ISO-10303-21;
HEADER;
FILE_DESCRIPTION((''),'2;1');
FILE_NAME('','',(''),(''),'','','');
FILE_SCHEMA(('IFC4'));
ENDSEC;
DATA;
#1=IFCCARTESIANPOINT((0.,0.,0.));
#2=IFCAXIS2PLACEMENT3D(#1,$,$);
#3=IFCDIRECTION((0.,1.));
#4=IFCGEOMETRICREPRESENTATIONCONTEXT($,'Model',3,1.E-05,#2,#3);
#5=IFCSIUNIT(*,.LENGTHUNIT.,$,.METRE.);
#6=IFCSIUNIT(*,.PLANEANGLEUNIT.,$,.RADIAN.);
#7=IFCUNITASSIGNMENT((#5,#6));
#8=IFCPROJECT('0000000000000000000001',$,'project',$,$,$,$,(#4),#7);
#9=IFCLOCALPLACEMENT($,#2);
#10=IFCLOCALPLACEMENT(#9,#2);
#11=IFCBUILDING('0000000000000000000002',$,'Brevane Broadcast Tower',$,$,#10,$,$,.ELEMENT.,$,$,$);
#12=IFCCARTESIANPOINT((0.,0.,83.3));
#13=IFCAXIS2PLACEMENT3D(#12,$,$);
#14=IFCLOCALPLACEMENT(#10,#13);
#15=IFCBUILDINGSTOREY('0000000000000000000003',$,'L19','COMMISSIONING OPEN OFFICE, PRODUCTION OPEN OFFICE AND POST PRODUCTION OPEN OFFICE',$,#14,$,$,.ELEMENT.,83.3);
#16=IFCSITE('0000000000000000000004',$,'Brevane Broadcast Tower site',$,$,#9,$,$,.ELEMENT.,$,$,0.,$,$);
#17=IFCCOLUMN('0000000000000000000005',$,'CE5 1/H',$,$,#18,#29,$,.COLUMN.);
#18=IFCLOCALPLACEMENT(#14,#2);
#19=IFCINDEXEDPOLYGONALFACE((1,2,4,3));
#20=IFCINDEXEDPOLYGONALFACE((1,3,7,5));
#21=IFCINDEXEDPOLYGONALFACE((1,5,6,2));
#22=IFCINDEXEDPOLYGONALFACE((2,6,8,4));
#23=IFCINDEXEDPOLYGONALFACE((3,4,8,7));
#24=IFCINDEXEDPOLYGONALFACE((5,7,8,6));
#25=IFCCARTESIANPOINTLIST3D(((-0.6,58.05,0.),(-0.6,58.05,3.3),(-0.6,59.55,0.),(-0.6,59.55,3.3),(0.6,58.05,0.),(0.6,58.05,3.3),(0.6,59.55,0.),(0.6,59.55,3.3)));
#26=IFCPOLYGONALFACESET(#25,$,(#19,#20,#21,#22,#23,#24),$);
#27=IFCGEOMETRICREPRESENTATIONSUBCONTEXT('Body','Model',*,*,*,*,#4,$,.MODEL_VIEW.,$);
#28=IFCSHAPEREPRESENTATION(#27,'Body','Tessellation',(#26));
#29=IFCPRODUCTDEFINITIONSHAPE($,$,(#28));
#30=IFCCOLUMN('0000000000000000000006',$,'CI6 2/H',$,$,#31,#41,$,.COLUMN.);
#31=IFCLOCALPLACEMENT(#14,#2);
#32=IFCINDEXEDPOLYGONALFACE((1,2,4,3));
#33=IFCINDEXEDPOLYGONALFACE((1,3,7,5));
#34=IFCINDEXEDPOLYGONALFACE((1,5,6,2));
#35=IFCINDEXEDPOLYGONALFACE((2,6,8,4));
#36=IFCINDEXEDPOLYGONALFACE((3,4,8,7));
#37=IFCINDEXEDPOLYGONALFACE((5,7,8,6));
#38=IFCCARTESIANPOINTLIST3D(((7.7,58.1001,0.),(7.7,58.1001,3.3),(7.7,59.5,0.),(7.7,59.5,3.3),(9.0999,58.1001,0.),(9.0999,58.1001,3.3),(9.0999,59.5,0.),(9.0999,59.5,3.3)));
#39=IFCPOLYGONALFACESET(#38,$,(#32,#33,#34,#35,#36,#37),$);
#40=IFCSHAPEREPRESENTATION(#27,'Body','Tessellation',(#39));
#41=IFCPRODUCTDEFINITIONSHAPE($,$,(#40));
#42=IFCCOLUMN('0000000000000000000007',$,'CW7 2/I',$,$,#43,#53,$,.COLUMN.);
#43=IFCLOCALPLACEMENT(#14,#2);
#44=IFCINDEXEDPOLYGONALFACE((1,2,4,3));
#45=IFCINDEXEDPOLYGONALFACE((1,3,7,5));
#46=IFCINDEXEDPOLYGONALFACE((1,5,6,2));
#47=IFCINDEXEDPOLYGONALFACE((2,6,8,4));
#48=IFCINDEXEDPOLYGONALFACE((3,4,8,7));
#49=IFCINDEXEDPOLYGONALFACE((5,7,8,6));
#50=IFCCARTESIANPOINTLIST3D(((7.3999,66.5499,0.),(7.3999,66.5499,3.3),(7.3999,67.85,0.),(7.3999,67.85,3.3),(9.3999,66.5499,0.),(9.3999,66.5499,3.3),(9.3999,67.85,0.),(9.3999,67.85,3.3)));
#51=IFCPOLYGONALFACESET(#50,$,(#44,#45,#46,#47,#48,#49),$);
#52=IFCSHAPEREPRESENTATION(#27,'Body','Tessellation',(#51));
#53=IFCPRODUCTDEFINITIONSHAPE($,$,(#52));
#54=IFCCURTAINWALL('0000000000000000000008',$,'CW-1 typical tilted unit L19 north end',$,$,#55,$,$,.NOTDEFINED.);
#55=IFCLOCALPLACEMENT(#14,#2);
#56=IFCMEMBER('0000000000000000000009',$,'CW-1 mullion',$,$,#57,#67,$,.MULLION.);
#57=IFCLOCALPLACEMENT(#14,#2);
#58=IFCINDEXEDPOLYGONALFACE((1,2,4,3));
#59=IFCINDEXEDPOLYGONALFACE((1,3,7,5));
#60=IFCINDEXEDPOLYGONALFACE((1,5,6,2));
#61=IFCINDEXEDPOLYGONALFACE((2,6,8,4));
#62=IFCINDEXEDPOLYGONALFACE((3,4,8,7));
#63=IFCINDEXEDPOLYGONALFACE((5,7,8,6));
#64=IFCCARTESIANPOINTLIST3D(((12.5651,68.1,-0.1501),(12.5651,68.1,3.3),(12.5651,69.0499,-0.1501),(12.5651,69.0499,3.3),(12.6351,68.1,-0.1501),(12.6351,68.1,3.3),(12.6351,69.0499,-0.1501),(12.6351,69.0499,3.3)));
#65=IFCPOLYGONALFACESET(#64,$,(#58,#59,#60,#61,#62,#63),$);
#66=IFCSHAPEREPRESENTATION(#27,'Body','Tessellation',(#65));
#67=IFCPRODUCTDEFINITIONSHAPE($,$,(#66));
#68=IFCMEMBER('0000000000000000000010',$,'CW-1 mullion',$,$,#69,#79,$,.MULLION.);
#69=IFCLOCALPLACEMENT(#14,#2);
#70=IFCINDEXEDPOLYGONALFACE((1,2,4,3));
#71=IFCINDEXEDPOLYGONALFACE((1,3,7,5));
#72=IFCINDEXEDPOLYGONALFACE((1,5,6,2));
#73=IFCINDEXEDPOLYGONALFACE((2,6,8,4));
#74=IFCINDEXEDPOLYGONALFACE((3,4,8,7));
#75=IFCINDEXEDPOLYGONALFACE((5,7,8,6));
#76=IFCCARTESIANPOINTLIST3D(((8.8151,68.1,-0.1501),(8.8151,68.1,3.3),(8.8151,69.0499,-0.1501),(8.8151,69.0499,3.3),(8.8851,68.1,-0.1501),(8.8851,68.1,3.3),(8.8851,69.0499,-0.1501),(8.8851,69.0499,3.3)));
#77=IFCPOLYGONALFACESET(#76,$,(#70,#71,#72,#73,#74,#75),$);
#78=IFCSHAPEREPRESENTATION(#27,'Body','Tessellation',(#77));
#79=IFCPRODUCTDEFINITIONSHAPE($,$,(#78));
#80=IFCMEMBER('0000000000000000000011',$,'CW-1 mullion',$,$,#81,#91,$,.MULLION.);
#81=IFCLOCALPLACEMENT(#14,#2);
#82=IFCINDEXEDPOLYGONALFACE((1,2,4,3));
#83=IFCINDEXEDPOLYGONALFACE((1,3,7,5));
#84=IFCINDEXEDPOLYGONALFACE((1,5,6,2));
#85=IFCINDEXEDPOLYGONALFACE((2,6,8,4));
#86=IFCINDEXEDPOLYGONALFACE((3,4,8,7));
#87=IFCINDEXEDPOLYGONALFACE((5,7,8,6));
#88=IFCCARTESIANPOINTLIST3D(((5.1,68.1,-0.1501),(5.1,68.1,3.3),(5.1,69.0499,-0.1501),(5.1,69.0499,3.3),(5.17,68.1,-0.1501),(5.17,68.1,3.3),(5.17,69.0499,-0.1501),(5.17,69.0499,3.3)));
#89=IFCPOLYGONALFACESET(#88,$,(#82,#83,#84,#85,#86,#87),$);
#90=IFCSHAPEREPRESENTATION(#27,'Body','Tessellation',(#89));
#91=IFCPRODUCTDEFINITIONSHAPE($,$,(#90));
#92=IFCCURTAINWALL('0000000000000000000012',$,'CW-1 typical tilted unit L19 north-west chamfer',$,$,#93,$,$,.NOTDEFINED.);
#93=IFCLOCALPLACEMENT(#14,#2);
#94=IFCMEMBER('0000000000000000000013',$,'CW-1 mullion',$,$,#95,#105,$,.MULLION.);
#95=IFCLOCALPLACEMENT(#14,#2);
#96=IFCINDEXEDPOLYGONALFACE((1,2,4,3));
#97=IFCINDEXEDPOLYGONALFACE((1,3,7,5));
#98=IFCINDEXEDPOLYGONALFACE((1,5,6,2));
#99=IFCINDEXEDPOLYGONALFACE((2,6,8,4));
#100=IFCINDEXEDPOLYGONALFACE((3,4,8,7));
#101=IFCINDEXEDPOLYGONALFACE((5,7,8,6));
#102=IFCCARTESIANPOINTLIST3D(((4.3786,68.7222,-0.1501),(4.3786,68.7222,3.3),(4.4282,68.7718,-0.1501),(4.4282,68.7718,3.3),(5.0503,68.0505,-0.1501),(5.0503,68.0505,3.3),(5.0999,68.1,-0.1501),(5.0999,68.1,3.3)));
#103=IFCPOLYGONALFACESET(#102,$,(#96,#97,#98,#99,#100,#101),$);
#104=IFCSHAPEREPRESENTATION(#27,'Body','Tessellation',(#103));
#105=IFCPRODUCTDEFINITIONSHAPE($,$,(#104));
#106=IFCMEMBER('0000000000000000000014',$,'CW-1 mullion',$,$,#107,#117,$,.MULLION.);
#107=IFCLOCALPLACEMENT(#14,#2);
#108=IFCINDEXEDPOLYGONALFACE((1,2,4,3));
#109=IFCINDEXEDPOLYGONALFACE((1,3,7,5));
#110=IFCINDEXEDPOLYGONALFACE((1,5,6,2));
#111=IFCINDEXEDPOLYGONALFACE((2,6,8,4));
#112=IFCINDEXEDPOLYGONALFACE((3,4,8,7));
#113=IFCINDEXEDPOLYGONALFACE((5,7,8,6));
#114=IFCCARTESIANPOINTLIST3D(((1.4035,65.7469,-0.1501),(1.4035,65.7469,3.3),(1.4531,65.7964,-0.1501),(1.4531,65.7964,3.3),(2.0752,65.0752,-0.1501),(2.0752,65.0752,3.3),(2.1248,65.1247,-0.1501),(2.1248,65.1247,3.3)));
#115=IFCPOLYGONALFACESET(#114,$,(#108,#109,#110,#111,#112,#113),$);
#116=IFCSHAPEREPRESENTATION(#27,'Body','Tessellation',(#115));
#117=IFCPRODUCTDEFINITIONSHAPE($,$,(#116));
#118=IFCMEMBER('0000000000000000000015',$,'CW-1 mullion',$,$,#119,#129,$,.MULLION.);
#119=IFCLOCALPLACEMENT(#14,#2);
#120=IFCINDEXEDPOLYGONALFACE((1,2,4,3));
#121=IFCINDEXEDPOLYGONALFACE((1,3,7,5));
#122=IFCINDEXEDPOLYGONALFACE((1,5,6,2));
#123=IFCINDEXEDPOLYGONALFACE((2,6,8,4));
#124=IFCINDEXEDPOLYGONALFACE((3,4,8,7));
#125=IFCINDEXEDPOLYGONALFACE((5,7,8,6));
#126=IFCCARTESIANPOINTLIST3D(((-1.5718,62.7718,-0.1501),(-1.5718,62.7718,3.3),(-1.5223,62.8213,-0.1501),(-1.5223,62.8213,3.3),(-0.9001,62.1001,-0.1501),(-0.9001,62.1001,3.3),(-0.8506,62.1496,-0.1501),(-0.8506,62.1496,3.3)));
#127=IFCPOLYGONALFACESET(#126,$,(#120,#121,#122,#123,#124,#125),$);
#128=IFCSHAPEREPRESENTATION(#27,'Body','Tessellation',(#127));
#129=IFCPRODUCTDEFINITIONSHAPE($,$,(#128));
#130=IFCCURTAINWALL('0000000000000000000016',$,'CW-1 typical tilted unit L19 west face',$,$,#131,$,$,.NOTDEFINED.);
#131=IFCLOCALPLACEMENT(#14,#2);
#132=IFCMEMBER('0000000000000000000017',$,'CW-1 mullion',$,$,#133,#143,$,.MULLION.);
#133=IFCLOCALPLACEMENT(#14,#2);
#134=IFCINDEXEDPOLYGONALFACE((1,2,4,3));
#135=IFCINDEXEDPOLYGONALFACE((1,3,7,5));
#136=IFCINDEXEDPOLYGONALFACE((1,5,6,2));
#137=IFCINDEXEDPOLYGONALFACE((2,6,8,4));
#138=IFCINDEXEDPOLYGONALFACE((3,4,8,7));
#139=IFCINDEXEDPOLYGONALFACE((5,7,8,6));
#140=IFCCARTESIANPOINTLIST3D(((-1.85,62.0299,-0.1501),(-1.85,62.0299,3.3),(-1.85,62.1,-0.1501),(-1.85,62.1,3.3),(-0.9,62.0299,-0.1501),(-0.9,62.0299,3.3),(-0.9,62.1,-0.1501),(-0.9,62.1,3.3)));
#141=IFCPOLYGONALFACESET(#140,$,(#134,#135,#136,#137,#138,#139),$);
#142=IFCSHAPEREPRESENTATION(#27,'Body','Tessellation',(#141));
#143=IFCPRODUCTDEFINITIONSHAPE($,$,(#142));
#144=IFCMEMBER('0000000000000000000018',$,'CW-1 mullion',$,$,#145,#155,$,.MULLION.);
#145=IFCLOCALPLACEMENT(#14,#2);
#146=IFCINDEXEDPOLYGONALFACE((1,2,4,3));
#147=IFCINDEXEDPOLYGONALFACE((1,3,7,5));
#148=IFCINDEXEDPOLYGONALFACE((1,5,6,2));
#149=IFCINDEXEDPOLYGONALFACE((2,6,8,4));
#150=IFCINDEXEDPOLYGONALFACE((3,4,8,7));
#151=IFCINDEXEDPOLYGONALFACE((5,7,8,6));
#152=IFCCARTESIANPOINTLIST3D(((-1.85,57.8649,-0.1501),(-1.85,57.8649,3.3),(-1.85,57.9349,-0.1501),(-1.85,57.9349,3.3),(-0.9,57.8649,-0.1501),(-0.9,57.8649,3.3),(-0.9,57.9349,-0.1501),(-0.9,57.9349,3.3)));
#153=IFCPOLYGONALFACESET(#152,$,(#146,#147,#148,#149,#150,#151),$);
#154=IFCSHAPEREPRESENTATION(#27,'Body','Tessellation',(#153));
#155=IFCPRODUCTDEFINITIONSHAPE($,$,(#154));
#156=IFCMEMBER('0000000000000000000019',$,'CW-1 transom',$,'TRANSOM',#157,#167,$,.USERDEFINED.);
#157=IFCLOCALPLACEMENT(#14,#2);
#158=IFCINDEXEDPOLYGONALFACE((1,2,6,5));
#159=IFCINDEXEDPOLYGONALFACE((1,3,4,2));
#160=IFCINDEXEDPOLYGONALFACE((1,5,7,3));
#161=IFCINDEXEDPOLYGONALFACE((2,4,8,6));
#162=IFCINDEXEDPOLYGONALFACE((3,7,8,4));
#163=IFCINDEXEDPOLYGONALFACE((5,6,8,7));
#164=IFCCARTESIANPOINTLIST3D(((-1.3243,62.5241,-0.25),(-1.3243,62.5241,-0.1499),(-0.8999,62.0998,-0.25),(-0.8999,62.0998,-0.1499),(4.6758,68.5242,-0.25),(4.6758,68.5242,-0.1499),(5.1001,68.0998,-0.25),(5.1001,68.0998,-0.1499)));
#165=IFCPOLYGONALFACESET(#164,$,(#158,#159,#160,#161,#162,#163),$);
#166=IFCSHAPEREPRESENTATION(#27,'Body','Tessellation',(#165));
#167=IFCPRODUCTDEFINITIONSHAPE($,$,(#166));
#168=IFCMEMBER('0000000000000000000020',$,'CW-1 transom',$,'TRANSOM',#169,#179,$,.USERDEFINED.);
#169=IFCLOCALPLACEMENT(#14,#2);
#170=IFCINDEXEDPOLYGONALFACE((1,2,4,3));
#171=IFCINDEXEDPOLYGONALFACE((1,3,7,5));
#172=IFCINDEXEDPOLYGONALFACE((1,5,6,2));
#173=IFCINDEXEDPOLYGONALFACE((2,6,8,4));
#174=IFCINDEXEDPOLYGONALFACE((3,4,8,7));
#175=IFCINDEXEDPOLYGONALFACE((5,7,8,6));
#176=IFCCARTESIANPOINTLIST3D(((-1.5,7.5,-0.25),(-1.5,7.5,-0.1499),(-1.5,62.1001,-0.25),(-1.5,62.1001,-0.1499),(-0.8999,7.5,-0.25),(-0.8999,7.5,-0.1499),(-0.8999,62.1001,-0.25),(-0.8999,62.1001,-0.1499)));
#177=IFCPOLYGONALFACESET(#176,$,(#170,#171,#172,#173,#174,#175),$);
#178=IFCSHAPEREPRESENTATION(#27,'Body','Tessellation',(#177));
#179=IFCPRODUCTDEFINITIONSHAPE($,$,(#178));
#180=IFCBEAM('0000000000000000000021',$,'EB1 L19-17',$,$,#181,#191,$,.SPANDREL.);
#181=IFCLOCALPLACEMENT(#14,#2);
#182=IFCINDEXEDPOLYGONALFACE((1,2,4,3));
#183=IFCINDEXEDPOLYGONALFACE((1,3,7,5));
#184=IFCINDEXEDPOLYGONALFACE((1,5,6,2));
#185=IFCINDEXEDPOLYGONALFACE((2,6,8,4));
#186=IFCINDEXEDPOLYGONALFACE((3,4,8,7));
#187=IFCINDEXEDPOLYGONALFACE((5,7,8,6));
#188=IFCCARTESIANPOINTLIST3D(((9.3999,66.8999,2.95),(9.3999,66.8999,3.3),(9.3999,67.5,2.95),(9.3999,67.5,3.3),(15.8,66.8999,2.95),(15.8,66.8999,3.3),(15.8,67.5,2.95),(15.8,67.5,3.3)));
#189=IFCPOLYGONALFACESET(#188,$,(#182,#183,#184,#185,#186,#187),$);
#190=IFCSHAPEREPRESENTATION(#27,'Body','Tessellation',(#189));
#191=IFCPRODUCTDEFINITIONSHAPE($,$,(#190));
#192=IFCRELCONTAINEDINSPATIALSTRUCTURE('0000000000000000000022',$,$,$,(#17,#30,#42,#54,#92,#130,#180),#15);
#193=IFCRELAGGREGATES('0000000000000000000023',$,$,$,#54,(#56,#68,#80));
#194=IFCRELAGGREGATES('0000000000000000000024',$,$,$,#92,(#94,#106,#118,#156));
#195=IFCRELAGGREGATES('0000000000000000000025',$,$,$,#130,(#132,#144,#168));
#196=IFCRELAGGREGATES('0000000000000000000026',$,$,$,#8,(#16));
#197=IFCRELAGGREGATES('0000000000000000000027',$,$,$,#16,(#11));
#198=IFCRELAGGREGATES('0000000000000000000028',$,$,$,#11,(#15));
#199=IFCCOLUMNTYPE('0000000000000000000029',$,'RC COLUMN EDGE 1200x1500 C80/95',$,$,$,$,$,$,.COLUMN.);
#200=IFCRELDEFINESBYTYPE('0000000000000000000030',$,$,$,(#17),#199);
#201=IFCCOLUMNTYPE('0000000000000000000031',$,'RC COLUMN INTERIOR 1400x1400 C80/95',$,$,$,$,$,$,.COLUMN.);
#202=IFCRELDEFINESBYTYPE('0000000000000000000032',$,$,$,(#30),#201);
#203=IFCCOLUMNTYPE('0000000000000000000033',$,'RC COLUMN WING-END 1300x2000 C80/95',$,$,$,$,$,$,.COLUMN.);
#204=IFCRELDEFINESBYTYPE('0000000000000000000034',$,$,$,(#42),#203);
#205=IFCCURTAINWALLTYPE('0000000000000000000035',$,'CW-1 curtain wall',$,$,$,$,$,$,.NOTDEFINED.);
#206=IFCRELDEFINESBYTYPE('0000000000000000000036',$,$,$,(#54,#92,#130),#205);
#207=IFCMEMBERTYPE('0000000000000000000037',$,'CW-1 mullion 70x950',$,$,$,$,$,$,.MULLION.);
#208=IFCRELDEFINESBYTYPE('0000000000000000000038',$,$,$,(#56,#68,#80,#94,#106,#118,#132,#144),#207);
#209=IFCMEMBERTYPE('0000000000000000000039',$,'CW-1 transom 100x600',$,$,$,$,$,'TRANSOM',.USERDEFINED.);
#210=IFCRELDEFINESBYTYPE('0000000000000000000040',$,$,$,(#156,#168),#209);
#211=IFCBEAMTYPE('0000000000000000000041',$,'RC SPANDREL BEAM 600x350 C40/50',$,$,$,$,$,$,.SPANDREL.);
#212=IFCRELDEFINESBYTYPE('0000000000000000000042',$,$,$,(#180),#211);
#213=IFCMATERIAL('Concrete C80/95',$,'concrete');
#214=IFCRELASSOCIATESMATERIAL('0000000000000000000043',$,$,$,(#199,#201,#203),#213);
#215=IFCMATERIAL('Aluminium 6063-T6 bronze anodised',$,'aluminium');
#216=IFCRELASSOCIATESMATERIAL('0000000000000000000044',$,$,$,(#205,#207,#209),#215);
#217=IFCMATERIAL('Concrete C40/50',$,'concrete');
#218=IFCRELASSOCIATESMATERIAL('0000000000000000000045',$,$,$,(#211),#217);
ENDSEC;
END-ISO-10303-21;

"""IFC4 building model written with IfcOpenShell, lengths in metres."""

from ifc_helpers import new_model, si_unit, direction, frame, origin, origin_2d, place, context, subcontext, project, spatial, rectangle, extrude, material, material_profile, profile_set, type_object, element, aggregate, save


model = new_model("IFC4")

# Units and contexts
model_context = context("Model", 3, precision=1e-05, world=origin(), true_north=direction((0.0, 1.0)))
body_context = subcontext(model_context, "Body", "Model", "MODEL_VIEW")
ifc_project = project(units=[si_unit("LENGTHUNIT", "METRE"), si_unit("PLANEANGLEUNIT", "RADIAN")], contexts=[model_context])

# Site, building, storey
site_placement = place(None, origin())
site = spatial("IfcSite", under=ifc_project, at=site_placement, Name="Brevane Broadcast Tower site", CompositionType="ELEMENT", RefElevation=0.0)
building_placement = place(site_placement, origin())
building = spatial("IfcBuilding", under=site, at=building_placement, Name="Brevane Broadcast Tower", CompositionType="ELEMENT")
storey_placement = place(building_placement, frame((0.0, 0.0, 83.3)))
storey = spatial("IfcBuildingStorey", under=building, at=storey_placement, Name="L19", Description="COMMISSIONING OPEN OFFICE, PRODUCTION OPEN OFFICE AND POST PRODUCTION OPEN OFFICE", CompositionType="ELEMENT", Elevation=83.3)

# Columns
ifc_material_1 = material(Name="Concrete C80/95", Category="concrete")
ifc_material_profile_1 = material_profile(ifc_material_1, rectangle(XDim=1.2, YDim=1.5, at=origin_2d()), Name="RC 1200x1500")
ifc_profile_set_1 = profile_set([ifc_material_profile_1], Name="Concrete C80/95")
column_type_1 = type_object("IfcColumnType", Name="RC COLUMN EDGE 1200x1500 C80/95", PredefinedType="COLUMN", material=ifc_profile_set_1)
column_1_placement = place(storey_placement, frame((0.0, 58.8, 0.0), z_axis=(0.0, 0.0, 1.0), x_axis=(1.0, 0.0, 0.0)))
element("IfcColumn", 1, at=column_1_placement, inside=storey, type_object=column_type_1, Name="CE5 1/H", PredefinedType="COLUMN", context=body_context, shape_type="SweptSolid", body=[
    extrude(rectangle(XDim=1.2, YDim=1.5, at=origin_2d()), origin(), (0.0, 0.0, 1.0), 3.3),
])
ifc_material_profile_2 = material_profile(ifc_material_1, rectangle(XDim=1.3999, YDim=1.3999, at=origin_2d()), Name="RC 1400x1400")
ifc_profile_set_2 = profile_set([ifc_material_profile_2], Name="Concrete C80/95")
column_type_2 = type_object("IfcColumnType", Name="RC COLUMN INTERIOR 1400x1400 C80/95", PredefinedType="COLUMN", material=ifc_profile_set_2)
column_2_placement = place(storey_placement, frame((8.3999, 58.8, 0.0), z_axis=(0.0, 0.0, 1.0), x_axis=(1.0, 0.0, 0.0)))
element("IfcColumn", 2, at=column_2_placement, inside=storey, type_object=column_type_2, Name="CI6 2/H", PredefinedType="COLUMN", context=body_context, shape_type="SweptSolid", body=[
    extrude(rectangle(XDim=1.3999, YDim=1.3999, at=origin_2d()), origin(), (0.0, 0.0, 1.0), 3.3),
])
ifc_material_profile_3 = material_profile(ifc_material_1, rectangle(XDim=1.3, YDim=2.0, at=origin_2d()), Name="RC 1300x2000")
ifc_profile_set_3 = profile_set([ifc_material_profile_3], Name="Concrete C80/95")
column_type_3 = type_object("IfcColumnType", Name="RC COLUMN WING-END 1300x2000 C80/95", PredefinedType="COLUMN", material=ifc_profile_set_3)
column_3_placement = place(storey_placement, frame((8.3999, 67.2, 0.0), z_axis=(0.0, 0.0, 1.0), x_axis=(0.0, 1.0, 0.0)))
element("IfcColumn", 3, at=column_3_placement, inside=storey, type_object=column_type_3, Name="CW7 2/I", PredefinedType="COLUMN", context=body_context, shape_type="SweptSolid", body=[
    extrude(rectangle(XDim=1.3, YDim=2.0, at=origin_2d()), origin(), (0.0, 0.0, 1.0), 3.3),
])

# Curtain walls, members
ifc_material_2 = material(Name="Aluminium 6063-T6 bronze anodised", Category="aluminium")
curtain_wall_type = type_object("IfcCurtainWallType", Name="CW-1 curtain wall", PredefinedType="NOTDEFINED", material=ifc_material_2)
curtain_wall_1_placement = place(storey_placement, origin())
curtain_wall_1 = element("IfcCurtainWall", 4, at=curtain_wall_1_placement, inside=storey, type_object=curtain_wall_type, Name="CW-1 typical tilted unit L19 north end", PredefinedType="NOTDEFINED")
ifc_material_profile_4 = material_profile(ifc_material_2, rectangle(XDim=0.95, YDim=0.0701, at=origin_2d()), Name="RECT 70x950")
ifc_profile_set_4 = profile_set([ifc_material_profile_4], Name="Aluminium 6063-T6 bronze anodised")
member_type_1 = type_object("IfcMemberType", Name="CW-1 mullion 70x950", PredefinedType="MULLION", material=ifc_profile_set_4)
member_1_placement = place(storey_placement, frame((12.6001, 68.575, -0.1501), z_axis=(0.0, 0.0, 1.0), x_axis=(0.0, -1.0, 0.0)))
member_1 = element("IfcMember", 5, at=member_1_placement, type_object=member_type_1, Name="CW-1 mullion", PredefinedType="MULLION", context=body_context, shape_type="SweptSolid", body=[
    extrude(rectangle(XDim=0.95, YDim=0.0701, at=origin_2d()), origin(), (0.0, 0.0, 1.0), 3.4502),
])
member_2_placement = place(storey_placement, frame((8.8501, 68.575, -0.1501), z_axis=(0.0, 0.0, 1.0), x_axis=(0.0, -1.0, 0.0)))
member_2 = element("IfcMember", 6, at=member_2_placement, type_object=member_type_1, Name="CW-1 mullion", PredefinedType="MULLION", context=body_context, shape_type="SweptSolid", body=[
    extrude(rectangle(XDim=0.95, YDim=0.0701, at=origin_2d()), origin(), (0.0, 0.0, 1.0), 3.4502),
])
member_3_placement = place(storey_placement, frame((5.135, 68.575, -0.1501), z_axis=(0.0, 0.0, 1.0), x_axis=(0.0, -1.0, 0.0)))
member_3 = element("IfcMember", 7, at=member_3_placement, type_object=member_type_1, Name="CW-1 mullion", PredefinedType="MULLION", context=body_context, shape_type="SweptSolid", body=[
    extrude(rectangle(XDim=0.95, YDim=0.0701, at=origin_2d()), origin(), (0.0, 0.0, 1.0), 3.4502),
])
aggregate(curtain_wall_1, [member_1, member_2, member_3])
curtain_wall_2_placement = place(storey_placement, origin())
curtain_wall_2 = element("IfcCurtainWall", 8, at=curtain_wall_2_placement, inside=storey, type_object=curtain_wall_type, Name="CW-1 typical tilted unit L19 north-west chamfer", PredefinedType="NOTDEFINED")
member_4_placement = place(storey_placement, frame((4.7393, 68.4111, -0.1501), z_axis=(0.0, 0.0, 1.0), x_axis=(0.707107, -0.707107, 0.0)))
member_4 = element("IfcMember", 9, at=member_4_placement, type_object=member_type_1, Name="CW-1 mullion", PredefinedType="MULLION", context=body_context, shape_type="SweptSolid", body=[
    extrude(rectangle(XDim=0.95, YDim=0.0701, at=origin_2d()), origin(), (0.0, 0.0, 1.0), 3.4502),
])
member_5_placement = place(storey_placement, frame((1.7642, 65.4358, -0.1501), z_axis=(0.0, 0.0, 1.0), x_axis=(0.707107, -0.707107, 0.0)))
member_5 = element("IfcMember", 10, at=member_5_placement, type_object=member_type_1, Name="CW-1 mullion", PredefinedType="MULLION", context=body_context, shape_type="SweptSolid", body=[
    extrude(rectangle(XDim=0.95, YDim=0.0701, at=origin_2d()), origin(), (0.0, 0.0, 1.0), 3.4502),
])
member_6_placement = place(storey_placement, frame((-1.2112, 62.4607, -0.1501), z_axis=(0.0, 0.0, 1.0), x_axis=(0.707107, -0.707107, 0.0)))
member_6 = element("IfcMember", 11, at=member_6_placement, type_object=member_type_1, Name="CW-1 mullion", PredefinedType="MULLION", context=body_context, shape_type="SweptSolid", body=[
    extrude(rectangle(XDim=0.95, YDim=0.0701, at=origin_2d()), origin(), (0.0, 0.0, 1.0), 3.4502),
])
curtain_wall_3_placement = place(storey_placement, origin())
curtain_wall_3 = element("IfcCurtainWall", 12, at=curtain_wall_3_placement, inside=storey, type_object=curtain_wall_type, Name="CW-1 typical tilted unit L19 west face", PredefinedType="NOTDEFINED")
member_7_placement = place(storey_placement, frame((-1.375, 62.0649, -0.1501), z_axis=(0.0, 0.0, 1.0), x_axis=(1.0, 0.0, 0.0)))
member_7 = element("IfcMember", 13, at=member_7_placement, type_object=member_type_1, Name="CW-1 mullion", PredefinedType="MULLION", context=body_context, shape_type="SweptSolid", body=[
    extrude(rectangle(XDim=0.95, YDim=0.0701, at=origin_2d()), origin(), (0.0, 0.0, 1.0), 3.4502),
])
member_8_placement = place(storey_placement, frame((-1.375, 57.8999, -0.1501), z_axis=(0.0, 0.0, 1.0), x_axis=(1.0, 0.0, 0.0)))
member_8 = element("IfcMember", 14, at=member_8_placement, type_object=member_type_1, Name="CW-1 mullion", PredefinedType="MULLION", context=body_context, shape_type="SweptSolid", body=[
    extrude(rectangle(XDim=0.95, YDim=0.0701, at=origin_2d()), origin(), (0.0, 0.0, 1.0), 3.4502),
])

# Members
ifc_material_profile_5 = material_profile(ifc_material_2, rectangle(XDim=0.6001, YDim=0.1001, at=origin_2d()), Name="RECT 100x600")
ifc_profile_set_5 = profile_set([ifc_material_profile_5], Name="Aluminium 6063-T6 bronze anodised")
member_type_2 = type_object("IfcMemberType", Name="CW-1 transom 100x600", ElementType="TRANSOM", PredefinedType="USERDEFINED", material=ifc_profile_set_5)
member_9_placement = place(storey_placement, frame((4.8879, 68.312, -0.2), z_axis=(-0.707107, -0.707107, 0.0), x_axis=(0.707107, -0.707107, 0.0)))
member_9 = element("IfcMember", 15, at=member_9_placement, type_object=member_type_2, Name="CW-1 transom", ObjectType="TRANSOM", PredefinedType="USERDEFINED", context=body_context, shape_type="SweptSolid", body=[
    extrude(rectangle(XDim=0.6001, YDim=0.1001, at=origin_2d()), origin(), (0.0, 0.0, 1.0), 8.4854),
])
aggregate(curtain_wall_2, [member_4, member_5, member_6, member_9])
member_10_placement = place(storey_placement, frame((-1.2, 62.1001, -0.2), z_axis=(0.0, -1.0, 0.0), x_axis=(1.0, 0.0, 0.0)))
member_10 = element("IfcMember", 16, at=member_10_placement, type_object=member_type_2, Name="CW-1 transom", ObjectType="TRANSOM", PredefinedType="USERDEFINED", context=body_context, shape_type="SweptSolid", body=[
    extrude(rectangle(XDim=0.6001, YDim=0.1001, at=origin_2d()), origin(), (0.0, 0.0, 1.0), 54.6001),
])
aggregate(curtain_wall_3, [member_7, member_8, member_10])

# Beam
ifc_material_3 = material(Name="Concrete C40/50", Category="concrete")
ifc_material_profile_6 = material_profile(ifc_material_3, rectangle(XDim=0.6001, YDim=0.3501, at=origin_2d()), Name="RC 600x350")
ifc_profile_set_6 = profile_set([ifc_material_profile_6], Name="Concrete C40/50")
beam_type = type_object("IfcBeamType", Name="RC SPANDREL BEAM 600x350 C40/50", PredefinedType="SPANDREL", material=ifc_profile_set_6)
beam_1_placement = place(storey_placement, frame((15.8, 67.2, 3.125), z_axis=(-1.0, 0.0, 0.0), x_axis=(0.0, -1.0, 0.0)))
element("IfcBeam", 17, at=beam_1_placement, inside=storey, type_object=beam_type, Name="EB1 L19-17", PredefinedType="SPANDREL", context=body_context, shape_type="SweptSolid", body=[
    extrude(rectangle(XDim=0.6001, YDim=0.3501, at=origin_2d()), origin(), (0.0, 0.0, 1.0), 6.4001),
])

save(model, "model.ifc")
